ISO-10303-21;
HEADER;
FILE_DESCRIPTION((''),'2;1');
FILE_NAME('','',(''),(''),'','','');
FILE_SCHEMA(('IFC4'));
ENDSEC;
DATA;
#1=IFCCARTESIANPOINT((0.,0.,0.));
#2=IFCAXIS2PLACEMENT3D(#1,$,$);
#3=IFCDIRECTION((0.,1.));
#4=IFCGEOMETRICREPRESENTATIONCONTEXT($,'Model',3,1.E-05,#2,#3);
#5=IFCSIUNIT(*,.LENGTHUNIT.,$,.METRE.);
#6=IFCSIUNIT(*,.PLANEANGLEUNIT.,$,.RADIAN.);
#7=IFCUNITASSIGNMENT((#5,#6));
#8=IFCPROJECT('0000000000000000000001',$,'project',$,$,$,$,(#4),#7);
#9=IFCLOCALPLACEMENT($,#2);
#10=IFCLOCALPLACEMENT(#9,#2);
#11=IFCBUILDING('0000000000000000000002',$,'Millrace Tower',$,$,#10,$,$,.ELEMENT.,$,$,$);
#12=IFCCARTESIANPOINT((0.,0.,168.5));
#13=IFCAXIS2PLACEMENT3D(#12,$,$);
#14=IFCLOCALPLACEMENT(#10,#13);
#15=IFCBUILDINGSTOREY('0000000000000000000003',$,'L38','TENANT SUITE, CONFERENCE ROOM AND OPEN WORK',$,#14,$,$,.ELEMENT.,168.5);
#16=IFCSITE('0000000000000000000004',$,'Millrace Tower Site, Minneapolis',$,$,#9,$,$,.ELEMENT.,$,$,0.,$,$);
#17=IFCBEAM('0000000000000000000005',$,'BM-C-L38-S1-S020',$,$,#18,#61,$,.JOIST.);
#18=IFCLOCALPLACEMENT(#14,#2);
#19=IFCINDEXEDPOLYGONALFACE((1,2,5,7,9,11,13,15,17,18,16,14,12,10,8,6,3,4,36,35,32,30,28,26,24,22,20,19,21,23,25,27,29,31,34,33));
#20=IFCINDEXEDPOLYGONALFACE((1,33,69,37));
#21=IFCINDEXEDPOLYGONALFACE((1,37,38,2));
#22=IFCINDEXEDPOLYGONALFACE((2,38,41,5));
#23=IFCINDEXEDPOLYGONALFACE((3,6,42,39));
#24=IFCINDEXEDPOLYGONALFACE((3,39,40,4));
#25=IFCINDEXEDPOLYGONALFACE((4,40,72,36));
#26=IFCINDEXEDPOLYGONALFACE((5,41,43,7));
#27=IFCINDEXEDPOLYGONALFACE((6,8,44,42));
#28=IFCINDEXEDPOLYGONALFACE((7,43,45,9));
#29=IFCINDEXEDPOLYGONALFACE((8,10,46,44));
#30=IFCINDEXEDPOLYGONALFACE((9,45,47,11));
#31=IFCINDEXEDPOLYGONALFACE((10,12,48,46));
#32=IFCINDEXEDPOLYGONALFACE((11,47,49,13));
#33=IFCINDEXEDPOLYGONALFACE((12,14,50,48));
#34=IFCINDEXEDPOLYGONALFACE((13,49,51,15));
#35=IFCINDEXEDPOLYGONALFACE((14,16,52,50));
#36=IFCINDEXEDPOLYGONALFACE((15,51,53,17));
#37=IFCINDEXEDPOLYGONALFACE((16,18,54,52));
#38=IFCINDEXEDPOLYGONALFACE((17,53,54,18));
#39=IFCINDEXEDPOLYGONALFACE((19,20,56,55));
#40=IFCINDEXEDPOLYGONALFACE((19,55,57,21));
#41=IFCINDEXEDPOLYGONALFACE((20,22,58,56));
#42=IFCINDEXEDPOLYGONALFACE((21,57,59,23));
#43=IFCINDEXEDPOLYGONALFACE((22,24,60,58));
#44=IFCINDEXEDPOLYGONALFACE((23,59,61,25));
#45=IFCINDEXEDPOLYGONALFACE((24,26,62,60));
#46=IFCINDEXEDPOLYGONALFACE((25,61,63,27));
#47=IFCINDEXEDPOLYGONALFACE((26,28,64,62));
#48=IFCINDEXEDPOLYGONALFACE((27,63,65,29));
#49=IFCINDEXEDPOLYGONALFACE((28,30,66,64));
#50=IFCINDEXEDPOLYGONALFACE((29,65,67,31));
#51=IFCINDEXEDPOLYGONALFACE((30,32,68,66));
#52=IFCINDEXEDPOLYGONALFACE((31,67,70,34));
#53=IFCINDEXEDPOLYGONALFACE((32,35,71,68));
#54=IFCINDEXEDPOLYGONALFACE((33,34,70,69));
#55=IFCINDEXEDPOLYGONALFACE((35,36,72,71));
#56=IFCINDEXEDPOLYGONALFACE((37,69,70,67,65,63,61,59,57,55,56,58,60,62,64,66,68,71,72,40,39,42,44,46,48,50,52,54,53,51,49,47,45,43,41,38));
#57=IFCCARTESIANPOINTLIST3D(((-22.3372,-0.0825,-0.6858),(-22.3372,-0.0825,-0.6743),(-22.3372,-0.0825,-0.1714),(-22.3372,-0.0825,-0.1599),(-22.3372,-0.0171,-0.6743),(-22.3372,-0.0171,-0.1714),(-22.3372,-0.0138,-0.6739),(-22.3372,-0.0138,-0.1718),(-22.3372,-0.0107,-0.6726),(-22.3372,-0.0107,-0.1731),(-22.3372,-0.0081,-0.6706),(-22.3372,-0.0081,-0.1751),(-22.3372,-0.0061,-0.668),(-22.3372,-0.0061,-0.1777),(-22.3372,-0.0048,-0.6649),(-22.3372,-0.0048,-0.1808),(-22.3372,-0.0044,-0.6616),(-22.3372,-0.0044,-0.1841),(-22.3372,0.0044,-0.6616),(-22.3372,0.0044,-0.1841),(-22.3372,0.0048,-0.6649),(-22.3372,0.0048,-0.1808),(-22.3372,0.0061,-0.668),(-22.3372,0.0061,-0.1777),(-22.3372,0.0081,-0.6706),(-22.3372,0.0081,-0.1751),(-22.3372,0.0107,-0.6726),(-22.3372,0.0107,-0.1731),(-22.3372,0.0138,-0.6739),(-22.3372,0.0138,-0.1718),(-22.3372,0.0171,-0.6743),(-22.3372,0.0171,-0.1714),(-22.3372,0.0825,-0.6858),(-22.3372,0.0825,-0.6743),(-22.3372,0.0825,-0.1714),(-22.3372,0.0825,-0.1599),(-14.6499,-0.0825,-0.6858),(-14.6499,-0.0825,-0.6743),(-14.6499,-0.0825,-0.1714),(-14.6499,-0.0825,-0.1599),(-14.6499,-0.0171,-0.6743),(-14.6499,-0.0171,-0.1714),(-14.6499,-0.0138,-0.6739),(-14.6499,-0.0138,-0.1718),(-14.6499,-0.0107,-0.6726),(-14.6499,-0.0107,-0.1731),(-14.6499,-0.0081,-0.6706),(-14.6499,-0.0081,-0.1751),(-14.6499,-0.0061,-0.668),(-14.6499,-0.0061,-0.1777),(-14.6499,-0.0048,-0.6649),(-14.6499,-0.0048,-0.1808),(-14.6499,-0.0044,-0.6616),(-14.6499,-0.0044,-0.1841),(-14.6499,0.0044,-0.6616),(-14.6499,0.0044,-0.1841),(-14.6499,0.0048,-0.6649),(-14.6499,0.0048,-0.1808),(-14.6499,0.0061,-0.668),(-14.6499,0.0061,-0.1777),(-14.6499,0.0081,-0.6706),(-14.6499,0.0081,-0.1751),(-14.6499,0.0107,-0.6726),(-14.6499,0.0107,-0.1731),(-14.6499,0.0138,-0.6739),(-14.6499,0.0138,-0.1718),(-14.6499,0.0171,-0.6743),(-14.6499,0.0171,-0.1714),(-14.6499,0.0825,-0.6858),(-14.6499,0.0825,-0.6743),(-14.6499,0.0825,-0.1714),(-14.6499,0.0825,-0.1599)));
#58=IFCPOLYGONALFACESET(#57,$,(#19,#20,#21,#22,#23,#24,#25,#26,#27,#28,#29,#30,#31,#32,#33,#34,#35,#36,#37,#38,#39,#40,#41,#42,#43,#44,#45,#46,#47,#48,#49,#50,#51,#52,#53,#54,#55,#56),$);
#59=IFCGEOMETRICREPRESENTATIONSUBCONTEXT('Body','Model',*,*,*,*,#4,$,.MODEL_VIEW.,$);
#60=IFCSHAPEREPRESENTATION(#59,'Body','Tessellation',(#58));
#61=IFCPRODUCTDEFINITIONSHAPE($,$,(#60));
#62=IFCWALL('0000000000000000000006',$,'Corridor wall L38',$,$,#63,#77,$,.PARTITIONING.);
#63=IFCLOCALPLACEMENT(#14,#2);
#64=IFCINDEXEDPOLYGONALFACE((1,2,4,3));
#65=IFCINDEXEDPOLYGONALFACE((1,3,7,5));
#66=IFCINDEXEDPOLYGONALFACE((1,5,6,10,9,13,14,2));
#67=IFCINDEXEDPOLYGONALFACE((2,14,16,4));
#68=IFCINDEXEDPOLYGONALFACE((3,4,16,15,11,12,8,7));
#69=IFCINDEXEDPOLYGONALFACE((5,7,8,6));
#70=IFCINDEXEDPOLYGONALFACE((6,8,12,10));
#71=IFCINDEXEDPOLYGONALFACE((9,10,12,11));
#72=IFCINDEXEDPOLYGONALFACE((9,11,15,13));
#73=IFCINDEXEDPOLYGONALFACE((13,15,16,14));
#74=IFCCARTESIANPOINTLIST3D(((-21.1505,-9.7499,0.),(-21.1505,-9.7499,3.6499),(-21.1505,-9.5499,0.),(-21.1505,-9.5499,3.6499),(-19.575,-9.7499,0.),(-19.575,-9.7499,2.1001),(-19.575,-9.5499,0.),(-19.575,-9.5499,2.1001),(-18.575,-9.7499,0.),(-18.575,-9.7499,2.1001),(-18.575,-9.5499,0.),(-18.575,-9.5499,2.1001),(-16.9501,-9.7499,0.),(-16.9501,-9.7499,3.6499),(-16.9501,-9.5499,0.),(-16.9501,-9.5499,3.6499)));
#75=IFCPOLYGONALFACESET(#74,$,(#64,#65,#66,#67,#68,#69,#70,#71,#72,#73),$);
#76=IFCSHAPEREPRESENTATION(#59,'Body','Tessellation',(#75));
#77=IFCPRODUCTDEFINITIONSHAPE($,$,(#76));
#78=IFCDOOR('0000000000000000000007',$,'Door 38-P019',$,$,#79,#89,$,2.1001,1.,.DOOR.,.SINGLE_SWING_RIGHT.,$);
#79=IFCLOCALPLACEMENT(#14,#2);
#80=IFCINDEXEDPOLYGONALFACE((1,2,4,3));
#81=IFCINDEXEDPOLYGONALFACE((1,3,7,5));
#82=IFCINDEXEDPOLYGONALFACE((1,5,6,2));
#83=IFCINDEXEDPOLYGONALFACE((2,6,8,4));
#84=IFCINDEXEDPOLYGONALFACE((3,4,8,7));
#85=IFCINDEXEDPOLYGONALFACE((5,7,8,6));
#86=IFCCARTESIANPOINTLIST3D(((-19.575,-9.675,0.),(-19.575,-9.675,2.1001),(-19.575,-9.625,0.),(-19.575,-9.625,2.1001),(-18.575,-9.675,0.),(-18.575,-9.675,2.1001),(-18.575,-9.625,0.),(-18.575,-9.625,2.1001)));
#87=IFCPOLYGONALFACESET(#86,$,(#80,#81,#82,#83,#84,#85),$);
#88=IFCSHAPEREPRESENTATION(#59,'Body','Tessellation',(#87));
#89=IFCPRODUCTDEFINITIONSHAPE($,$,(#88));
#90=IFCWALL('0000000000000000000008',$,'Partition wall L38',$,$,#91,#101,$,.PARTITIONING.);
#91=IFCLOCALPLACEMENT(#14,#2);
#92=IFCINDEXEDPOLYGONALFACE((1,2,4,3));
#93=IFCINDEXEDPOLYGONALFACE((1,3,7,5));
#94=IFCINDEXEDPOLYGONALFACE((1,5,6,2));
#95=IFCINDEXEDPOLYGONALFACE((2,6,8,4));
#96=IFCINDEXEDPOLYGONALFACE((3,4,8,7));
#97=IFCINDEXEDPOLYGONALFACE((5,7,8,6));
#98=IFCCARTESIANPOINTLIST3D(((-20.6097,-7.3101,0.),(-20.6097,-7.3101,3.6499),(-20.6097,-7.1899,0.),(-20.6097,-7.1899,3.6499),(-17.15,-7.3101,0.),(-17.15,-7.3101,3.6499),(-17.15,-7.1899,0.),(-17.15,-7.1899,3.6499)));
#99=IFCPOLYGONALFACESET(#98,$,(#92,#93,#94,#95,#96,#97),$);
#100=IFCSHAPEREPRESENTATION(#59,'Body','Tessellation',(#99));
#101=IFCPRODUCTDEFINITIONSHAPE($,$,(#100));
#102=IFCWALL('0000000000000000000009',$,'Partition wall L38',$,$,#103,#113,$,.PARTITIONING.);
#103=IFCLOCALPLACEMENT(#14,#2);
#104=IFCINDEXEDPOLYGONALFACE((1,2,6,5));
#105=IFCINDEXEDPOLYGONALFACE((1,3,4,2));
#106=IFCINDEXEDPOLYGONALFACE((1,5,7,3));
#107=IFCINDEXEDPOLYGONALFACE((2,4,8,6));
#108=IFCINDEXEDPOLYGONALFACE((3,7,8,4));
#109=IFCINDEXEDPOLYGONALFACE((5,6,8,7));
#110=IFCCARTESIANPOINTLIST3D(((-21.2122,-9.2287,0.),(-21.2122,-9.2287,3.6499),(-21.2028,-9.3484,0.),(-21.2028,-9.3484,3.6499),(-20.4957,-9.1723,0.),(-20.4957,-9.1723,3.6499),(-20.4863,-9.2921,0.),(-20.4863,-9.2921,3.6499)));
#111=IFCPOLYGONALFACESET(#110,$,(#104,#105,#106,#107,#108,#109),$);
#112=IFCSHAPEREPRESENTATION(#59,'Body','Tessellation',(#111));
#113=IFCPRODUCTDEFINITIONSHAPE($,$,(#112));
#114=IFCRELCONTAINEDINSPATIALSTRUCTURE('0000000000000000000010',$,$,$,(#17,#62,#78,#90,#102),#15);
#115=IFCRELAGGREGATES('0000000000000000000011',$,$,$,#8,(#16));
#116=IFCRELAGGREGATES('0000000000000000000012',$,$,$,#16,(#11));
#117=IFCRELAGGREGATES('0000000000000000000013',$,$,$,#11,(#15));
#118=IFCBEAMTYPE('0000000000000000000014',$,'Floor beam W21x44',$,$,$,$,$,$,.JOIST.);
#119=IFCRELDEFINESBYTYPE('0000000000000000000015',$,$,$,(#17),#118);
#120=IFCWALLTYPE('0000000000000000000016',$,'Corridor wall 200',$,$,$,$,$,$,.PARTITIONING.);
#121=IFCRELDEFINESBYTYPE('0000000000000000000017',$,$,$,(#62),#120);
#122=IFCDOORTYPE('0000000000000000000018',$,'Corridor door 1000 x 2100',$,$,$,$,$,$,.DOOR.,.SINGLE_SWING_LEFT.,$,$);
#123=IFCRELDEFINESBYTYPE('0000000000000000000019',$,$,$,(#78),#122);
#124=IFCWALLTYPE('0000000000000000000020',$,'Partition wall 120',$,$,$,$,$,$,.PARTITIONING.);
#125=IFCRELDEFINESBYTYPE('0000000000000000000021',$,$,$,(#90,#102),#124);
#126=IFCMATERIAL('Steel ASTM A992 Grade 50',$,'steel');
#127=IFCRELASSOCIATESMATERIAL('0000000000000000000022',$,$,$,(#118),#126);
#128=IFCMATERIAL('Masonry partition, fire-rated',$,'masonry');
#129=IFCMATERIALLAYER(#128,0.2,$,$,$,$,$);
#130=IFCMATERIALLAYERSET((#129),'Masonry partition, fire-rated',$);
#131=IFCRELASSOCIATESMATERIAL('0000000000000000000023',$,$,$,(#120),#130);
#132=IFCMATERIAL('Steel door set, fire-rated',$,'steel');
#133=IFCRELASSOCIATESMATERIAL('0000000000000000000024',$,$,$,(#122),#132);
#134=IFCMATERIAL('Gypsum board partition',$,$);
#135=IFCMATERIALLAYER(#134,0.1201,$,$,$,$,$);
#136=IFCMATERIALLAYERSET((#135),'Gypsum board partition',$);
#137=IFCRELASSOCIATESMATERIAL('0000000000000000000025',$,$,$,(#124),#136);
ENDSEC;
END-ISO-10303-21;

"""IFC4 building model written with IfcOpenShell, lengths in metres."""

from ifc_helpers import new_model, si_unit, direction, frame, frame_2d, origin, origin_2d, place, context, subcontext, project, spatial, rectangle, i_section, extrude, material, layer, layer_set, material_profile, profile_set, type_object, element, fill, save


model = new_model("IFC4")

# Units and contexts
model_context = context("Model", 3, precision=1e-05, world=origin(), true_north=direction((0.0, 1.0)))
body_context = subcontext(model_context, "Body", "Model", "MODEL_VIEW")
ifc_project = project(units=[si_unit("LENGTHUNIT", "METRE"), si_unit("PLANEANGLEUNIT", "RADIAN")], contexts=[model_context])

# Site, building, storey
site_placement = place(None, origin())
site = spatial("IfcSite", under=ifc_project, at=site_placement, Name="Millrace Tower Site, Minneapolis", CompositionType="ELEMENT", RefElevation=0.0)
building_placement = place(site_placement, origin())
building = spatial("IfcBuilding", under=site, at=building_placement, Name="Millrace Tower", CompositionType="ELEMENT")
storey_placement = place(building_placement, frame((0.0, 0.0, 168.5)))
storey = spatial("IfcBuildingStorey", under=building, at=storey_placement, Name="L38", Description="TENANT SUITE, CONFERENCE ROOM AND OPEN WORK", CompositionType="ELEMENT", Elevation=168.5)

# Beam
ifc_material_1 = material(Name="Steel ASTM A992 Grade 50", Category="steel")
ifc_material_profile_1 = material_profile(ifc_material_1, i_section(OverallWidth=0.165, OverallDepth=0.5259, WebThickness=0.0088, FlangeThickness=0.0115, FilletRadius=0.0127, at=origin_2d()))
ifc_profile_set_1 = profile_set([ifc_material_profile_1], Name="Steel ASTM A992 Grade 50")
beam_type = type_object("IfcBeamType", Name="Floor beam W21x44", PredefinedType="JOIST", material=ifc_profile_set_1)
beam_1_placement = place(storey_placement, frame((-22.3372, 0.0, -0.4229), z_axis=(1.0, 0.0, 0.0), x_axis=(0.0, 1.0, 0.0)))
element("IfcBeam", 1, at=beam_1_placement, inside=storey, type_object=beam_type, Name="BM-C-L38-S1-S020", PredefinedType="JOIST", context=body_context, shape_type="SweptSolid", body=[
    extrude(i_section(OverallWidth=0.165, OverallDepth=0.5259, WebThickness=0.0088, FlangeThickness=0.0115, FilletRadius=0.0127, at=origin_2d()), origin(), (0.0, 0.0, 1.0), 7.6873),
])

# Wall, opening, door
ifc_material_2 = material(Name="Masonry partition, fire-rated", Category="masonry")
ifc_layer_1 = layer(ifc_material_2, 0.2)
ifc_layer_set_1 = layer_set([ifc_layer_1], Name="Masonry partition, fire-rated")
wall_type_1 = type_object("IfcWallType", Name="Corridor wall 200", PredefinedType="PARTITIONING", material=ifc_layer_set_1)
wall_1_placement = place(storey_placement, frame((-21.1504, -9.6499, 0.0), z_axis=(0.0, 0.0, 1.0), x_axis=(1.0, 0.0, 0.0)))
wall_1 = element("IfcWall", 2, at=wall_1_placement, inside=storey, type_object=wall_type_1, Name="Corridor wall L38", PredefinedType="PARTITIONING", context=body_context, shape_type="SweptSolid", body=[
    extrude(rectangle(XDim=4.2004, YDim=0.2, at=frame_2d((2.1001, 0.0))), origin(), (0.0, 0.0, 1.0), 3.6499),
])
opening_placement = place(wall_1_placement, frame((1.5754, 0.0, 0.0)))
opening = element("IfcOpeningElement", 3, at=opening_placement, cuts=wall_1, PredefinedType="OPENING", context=body_context, shape_type="SweptSolid", body=[
    extrude(rectangle(XDim=1.0, YDim=2.1001, at=frame_2d((0.5, 1.05))), frame((0.0, 0.1099, 0.0), z_axis=(0.0, -1.0, 0.0), x_axis=(1.0, 0.0, 0.0)), (0.0, 0.0, 1.0), 0.22),
])
ifc_material_3 = material(Name="Steel door set, fire-rated", Category="steel")
door_type = type_object("IfcDoorType", Name="Corridor door 1000 x 2100", OperationType="SINGLE_SWING_LEFT", PredefinedType="DOOR", material=ifc_material_3)
door_placement = place(opening_placement, origin())
door = element("IfcDoor", 4, at=door_placement, inside=storey, type_object=door_type, Name="Door 38-P019", OperationType="SINGLE_SWING_RIGHT", OverallHeight=2.1001, OverallWidth=1.0, PredefinedType="DOOR", context=body_context, shape_type="SweptSolid", body=[
    extrude(rectangle(XDim=1.0, YDim=2.1001, at=frame_2d((0.5, 1.05))), frame((0.0, 0.0249, 0.0), z_axis=(0.0, -1.0, 0.0), x_axis=(1.0, 0.0, 0.0)), (0.0, 0.0, 1.0), 0.05),
])
fill(opening, door)

# Walls
ifc_material_4 = material(Name="Gypsum board partition")
ifc_layer_2 = layer(ifc_material_4, 0.1201)
ifc_layer_set_2 = layer_set([ifc_layer_2], Name="Gypsum board partition")
wall_type_2 = type_object("IfcWallType", Name="Partition wall 120", PredefinedType="PARTITIONING", material=ifc_layer_set_2)
wall_2_placement = place(storey_placement, frame((-20.6099, -7.25, 0.0), z_axis=(0.0, 0.0, 1.0), x_axis=(1.0, 0.0, 0.0)))
element("IfcWall", 5, at=wall_2_placement, inside=storey, type_object=wall_type_2, Name="Partition wall L38", PredefinedType="PARTITIONING", context=body_context, shape_type="SweptSolid", body=[
    extrude(rectangle(XDim=3.4597, YDim=0.1201, at=frame_2d((1.73, 0.0))), origin(), (0.0, 0.0, 1.0), 3.6499),
])
wall_3_placement = place(storey_placement, frame((-21.2075, -9.2886, 0.0), z_axis=(0.0, 0.0, 1.0), x_axis=(0.996917, 0.078463, 0.0)))
element("IfcWall", 6, at=wall_3_placement, inside=storey, type_object=wall_type_2, Name="Partition wall L38", PredefinedType="PARTITIONING", context=body_context, shape_type="SweptSolid", body=[
    extrude(rectangle(XDim=0.7188, YDim=0.1201, at=frame_2d((0.3594, 0.0))), origin(), (0.0, 0.0, 1.0), 3.6499),
])

save(model, "model.ifc")
